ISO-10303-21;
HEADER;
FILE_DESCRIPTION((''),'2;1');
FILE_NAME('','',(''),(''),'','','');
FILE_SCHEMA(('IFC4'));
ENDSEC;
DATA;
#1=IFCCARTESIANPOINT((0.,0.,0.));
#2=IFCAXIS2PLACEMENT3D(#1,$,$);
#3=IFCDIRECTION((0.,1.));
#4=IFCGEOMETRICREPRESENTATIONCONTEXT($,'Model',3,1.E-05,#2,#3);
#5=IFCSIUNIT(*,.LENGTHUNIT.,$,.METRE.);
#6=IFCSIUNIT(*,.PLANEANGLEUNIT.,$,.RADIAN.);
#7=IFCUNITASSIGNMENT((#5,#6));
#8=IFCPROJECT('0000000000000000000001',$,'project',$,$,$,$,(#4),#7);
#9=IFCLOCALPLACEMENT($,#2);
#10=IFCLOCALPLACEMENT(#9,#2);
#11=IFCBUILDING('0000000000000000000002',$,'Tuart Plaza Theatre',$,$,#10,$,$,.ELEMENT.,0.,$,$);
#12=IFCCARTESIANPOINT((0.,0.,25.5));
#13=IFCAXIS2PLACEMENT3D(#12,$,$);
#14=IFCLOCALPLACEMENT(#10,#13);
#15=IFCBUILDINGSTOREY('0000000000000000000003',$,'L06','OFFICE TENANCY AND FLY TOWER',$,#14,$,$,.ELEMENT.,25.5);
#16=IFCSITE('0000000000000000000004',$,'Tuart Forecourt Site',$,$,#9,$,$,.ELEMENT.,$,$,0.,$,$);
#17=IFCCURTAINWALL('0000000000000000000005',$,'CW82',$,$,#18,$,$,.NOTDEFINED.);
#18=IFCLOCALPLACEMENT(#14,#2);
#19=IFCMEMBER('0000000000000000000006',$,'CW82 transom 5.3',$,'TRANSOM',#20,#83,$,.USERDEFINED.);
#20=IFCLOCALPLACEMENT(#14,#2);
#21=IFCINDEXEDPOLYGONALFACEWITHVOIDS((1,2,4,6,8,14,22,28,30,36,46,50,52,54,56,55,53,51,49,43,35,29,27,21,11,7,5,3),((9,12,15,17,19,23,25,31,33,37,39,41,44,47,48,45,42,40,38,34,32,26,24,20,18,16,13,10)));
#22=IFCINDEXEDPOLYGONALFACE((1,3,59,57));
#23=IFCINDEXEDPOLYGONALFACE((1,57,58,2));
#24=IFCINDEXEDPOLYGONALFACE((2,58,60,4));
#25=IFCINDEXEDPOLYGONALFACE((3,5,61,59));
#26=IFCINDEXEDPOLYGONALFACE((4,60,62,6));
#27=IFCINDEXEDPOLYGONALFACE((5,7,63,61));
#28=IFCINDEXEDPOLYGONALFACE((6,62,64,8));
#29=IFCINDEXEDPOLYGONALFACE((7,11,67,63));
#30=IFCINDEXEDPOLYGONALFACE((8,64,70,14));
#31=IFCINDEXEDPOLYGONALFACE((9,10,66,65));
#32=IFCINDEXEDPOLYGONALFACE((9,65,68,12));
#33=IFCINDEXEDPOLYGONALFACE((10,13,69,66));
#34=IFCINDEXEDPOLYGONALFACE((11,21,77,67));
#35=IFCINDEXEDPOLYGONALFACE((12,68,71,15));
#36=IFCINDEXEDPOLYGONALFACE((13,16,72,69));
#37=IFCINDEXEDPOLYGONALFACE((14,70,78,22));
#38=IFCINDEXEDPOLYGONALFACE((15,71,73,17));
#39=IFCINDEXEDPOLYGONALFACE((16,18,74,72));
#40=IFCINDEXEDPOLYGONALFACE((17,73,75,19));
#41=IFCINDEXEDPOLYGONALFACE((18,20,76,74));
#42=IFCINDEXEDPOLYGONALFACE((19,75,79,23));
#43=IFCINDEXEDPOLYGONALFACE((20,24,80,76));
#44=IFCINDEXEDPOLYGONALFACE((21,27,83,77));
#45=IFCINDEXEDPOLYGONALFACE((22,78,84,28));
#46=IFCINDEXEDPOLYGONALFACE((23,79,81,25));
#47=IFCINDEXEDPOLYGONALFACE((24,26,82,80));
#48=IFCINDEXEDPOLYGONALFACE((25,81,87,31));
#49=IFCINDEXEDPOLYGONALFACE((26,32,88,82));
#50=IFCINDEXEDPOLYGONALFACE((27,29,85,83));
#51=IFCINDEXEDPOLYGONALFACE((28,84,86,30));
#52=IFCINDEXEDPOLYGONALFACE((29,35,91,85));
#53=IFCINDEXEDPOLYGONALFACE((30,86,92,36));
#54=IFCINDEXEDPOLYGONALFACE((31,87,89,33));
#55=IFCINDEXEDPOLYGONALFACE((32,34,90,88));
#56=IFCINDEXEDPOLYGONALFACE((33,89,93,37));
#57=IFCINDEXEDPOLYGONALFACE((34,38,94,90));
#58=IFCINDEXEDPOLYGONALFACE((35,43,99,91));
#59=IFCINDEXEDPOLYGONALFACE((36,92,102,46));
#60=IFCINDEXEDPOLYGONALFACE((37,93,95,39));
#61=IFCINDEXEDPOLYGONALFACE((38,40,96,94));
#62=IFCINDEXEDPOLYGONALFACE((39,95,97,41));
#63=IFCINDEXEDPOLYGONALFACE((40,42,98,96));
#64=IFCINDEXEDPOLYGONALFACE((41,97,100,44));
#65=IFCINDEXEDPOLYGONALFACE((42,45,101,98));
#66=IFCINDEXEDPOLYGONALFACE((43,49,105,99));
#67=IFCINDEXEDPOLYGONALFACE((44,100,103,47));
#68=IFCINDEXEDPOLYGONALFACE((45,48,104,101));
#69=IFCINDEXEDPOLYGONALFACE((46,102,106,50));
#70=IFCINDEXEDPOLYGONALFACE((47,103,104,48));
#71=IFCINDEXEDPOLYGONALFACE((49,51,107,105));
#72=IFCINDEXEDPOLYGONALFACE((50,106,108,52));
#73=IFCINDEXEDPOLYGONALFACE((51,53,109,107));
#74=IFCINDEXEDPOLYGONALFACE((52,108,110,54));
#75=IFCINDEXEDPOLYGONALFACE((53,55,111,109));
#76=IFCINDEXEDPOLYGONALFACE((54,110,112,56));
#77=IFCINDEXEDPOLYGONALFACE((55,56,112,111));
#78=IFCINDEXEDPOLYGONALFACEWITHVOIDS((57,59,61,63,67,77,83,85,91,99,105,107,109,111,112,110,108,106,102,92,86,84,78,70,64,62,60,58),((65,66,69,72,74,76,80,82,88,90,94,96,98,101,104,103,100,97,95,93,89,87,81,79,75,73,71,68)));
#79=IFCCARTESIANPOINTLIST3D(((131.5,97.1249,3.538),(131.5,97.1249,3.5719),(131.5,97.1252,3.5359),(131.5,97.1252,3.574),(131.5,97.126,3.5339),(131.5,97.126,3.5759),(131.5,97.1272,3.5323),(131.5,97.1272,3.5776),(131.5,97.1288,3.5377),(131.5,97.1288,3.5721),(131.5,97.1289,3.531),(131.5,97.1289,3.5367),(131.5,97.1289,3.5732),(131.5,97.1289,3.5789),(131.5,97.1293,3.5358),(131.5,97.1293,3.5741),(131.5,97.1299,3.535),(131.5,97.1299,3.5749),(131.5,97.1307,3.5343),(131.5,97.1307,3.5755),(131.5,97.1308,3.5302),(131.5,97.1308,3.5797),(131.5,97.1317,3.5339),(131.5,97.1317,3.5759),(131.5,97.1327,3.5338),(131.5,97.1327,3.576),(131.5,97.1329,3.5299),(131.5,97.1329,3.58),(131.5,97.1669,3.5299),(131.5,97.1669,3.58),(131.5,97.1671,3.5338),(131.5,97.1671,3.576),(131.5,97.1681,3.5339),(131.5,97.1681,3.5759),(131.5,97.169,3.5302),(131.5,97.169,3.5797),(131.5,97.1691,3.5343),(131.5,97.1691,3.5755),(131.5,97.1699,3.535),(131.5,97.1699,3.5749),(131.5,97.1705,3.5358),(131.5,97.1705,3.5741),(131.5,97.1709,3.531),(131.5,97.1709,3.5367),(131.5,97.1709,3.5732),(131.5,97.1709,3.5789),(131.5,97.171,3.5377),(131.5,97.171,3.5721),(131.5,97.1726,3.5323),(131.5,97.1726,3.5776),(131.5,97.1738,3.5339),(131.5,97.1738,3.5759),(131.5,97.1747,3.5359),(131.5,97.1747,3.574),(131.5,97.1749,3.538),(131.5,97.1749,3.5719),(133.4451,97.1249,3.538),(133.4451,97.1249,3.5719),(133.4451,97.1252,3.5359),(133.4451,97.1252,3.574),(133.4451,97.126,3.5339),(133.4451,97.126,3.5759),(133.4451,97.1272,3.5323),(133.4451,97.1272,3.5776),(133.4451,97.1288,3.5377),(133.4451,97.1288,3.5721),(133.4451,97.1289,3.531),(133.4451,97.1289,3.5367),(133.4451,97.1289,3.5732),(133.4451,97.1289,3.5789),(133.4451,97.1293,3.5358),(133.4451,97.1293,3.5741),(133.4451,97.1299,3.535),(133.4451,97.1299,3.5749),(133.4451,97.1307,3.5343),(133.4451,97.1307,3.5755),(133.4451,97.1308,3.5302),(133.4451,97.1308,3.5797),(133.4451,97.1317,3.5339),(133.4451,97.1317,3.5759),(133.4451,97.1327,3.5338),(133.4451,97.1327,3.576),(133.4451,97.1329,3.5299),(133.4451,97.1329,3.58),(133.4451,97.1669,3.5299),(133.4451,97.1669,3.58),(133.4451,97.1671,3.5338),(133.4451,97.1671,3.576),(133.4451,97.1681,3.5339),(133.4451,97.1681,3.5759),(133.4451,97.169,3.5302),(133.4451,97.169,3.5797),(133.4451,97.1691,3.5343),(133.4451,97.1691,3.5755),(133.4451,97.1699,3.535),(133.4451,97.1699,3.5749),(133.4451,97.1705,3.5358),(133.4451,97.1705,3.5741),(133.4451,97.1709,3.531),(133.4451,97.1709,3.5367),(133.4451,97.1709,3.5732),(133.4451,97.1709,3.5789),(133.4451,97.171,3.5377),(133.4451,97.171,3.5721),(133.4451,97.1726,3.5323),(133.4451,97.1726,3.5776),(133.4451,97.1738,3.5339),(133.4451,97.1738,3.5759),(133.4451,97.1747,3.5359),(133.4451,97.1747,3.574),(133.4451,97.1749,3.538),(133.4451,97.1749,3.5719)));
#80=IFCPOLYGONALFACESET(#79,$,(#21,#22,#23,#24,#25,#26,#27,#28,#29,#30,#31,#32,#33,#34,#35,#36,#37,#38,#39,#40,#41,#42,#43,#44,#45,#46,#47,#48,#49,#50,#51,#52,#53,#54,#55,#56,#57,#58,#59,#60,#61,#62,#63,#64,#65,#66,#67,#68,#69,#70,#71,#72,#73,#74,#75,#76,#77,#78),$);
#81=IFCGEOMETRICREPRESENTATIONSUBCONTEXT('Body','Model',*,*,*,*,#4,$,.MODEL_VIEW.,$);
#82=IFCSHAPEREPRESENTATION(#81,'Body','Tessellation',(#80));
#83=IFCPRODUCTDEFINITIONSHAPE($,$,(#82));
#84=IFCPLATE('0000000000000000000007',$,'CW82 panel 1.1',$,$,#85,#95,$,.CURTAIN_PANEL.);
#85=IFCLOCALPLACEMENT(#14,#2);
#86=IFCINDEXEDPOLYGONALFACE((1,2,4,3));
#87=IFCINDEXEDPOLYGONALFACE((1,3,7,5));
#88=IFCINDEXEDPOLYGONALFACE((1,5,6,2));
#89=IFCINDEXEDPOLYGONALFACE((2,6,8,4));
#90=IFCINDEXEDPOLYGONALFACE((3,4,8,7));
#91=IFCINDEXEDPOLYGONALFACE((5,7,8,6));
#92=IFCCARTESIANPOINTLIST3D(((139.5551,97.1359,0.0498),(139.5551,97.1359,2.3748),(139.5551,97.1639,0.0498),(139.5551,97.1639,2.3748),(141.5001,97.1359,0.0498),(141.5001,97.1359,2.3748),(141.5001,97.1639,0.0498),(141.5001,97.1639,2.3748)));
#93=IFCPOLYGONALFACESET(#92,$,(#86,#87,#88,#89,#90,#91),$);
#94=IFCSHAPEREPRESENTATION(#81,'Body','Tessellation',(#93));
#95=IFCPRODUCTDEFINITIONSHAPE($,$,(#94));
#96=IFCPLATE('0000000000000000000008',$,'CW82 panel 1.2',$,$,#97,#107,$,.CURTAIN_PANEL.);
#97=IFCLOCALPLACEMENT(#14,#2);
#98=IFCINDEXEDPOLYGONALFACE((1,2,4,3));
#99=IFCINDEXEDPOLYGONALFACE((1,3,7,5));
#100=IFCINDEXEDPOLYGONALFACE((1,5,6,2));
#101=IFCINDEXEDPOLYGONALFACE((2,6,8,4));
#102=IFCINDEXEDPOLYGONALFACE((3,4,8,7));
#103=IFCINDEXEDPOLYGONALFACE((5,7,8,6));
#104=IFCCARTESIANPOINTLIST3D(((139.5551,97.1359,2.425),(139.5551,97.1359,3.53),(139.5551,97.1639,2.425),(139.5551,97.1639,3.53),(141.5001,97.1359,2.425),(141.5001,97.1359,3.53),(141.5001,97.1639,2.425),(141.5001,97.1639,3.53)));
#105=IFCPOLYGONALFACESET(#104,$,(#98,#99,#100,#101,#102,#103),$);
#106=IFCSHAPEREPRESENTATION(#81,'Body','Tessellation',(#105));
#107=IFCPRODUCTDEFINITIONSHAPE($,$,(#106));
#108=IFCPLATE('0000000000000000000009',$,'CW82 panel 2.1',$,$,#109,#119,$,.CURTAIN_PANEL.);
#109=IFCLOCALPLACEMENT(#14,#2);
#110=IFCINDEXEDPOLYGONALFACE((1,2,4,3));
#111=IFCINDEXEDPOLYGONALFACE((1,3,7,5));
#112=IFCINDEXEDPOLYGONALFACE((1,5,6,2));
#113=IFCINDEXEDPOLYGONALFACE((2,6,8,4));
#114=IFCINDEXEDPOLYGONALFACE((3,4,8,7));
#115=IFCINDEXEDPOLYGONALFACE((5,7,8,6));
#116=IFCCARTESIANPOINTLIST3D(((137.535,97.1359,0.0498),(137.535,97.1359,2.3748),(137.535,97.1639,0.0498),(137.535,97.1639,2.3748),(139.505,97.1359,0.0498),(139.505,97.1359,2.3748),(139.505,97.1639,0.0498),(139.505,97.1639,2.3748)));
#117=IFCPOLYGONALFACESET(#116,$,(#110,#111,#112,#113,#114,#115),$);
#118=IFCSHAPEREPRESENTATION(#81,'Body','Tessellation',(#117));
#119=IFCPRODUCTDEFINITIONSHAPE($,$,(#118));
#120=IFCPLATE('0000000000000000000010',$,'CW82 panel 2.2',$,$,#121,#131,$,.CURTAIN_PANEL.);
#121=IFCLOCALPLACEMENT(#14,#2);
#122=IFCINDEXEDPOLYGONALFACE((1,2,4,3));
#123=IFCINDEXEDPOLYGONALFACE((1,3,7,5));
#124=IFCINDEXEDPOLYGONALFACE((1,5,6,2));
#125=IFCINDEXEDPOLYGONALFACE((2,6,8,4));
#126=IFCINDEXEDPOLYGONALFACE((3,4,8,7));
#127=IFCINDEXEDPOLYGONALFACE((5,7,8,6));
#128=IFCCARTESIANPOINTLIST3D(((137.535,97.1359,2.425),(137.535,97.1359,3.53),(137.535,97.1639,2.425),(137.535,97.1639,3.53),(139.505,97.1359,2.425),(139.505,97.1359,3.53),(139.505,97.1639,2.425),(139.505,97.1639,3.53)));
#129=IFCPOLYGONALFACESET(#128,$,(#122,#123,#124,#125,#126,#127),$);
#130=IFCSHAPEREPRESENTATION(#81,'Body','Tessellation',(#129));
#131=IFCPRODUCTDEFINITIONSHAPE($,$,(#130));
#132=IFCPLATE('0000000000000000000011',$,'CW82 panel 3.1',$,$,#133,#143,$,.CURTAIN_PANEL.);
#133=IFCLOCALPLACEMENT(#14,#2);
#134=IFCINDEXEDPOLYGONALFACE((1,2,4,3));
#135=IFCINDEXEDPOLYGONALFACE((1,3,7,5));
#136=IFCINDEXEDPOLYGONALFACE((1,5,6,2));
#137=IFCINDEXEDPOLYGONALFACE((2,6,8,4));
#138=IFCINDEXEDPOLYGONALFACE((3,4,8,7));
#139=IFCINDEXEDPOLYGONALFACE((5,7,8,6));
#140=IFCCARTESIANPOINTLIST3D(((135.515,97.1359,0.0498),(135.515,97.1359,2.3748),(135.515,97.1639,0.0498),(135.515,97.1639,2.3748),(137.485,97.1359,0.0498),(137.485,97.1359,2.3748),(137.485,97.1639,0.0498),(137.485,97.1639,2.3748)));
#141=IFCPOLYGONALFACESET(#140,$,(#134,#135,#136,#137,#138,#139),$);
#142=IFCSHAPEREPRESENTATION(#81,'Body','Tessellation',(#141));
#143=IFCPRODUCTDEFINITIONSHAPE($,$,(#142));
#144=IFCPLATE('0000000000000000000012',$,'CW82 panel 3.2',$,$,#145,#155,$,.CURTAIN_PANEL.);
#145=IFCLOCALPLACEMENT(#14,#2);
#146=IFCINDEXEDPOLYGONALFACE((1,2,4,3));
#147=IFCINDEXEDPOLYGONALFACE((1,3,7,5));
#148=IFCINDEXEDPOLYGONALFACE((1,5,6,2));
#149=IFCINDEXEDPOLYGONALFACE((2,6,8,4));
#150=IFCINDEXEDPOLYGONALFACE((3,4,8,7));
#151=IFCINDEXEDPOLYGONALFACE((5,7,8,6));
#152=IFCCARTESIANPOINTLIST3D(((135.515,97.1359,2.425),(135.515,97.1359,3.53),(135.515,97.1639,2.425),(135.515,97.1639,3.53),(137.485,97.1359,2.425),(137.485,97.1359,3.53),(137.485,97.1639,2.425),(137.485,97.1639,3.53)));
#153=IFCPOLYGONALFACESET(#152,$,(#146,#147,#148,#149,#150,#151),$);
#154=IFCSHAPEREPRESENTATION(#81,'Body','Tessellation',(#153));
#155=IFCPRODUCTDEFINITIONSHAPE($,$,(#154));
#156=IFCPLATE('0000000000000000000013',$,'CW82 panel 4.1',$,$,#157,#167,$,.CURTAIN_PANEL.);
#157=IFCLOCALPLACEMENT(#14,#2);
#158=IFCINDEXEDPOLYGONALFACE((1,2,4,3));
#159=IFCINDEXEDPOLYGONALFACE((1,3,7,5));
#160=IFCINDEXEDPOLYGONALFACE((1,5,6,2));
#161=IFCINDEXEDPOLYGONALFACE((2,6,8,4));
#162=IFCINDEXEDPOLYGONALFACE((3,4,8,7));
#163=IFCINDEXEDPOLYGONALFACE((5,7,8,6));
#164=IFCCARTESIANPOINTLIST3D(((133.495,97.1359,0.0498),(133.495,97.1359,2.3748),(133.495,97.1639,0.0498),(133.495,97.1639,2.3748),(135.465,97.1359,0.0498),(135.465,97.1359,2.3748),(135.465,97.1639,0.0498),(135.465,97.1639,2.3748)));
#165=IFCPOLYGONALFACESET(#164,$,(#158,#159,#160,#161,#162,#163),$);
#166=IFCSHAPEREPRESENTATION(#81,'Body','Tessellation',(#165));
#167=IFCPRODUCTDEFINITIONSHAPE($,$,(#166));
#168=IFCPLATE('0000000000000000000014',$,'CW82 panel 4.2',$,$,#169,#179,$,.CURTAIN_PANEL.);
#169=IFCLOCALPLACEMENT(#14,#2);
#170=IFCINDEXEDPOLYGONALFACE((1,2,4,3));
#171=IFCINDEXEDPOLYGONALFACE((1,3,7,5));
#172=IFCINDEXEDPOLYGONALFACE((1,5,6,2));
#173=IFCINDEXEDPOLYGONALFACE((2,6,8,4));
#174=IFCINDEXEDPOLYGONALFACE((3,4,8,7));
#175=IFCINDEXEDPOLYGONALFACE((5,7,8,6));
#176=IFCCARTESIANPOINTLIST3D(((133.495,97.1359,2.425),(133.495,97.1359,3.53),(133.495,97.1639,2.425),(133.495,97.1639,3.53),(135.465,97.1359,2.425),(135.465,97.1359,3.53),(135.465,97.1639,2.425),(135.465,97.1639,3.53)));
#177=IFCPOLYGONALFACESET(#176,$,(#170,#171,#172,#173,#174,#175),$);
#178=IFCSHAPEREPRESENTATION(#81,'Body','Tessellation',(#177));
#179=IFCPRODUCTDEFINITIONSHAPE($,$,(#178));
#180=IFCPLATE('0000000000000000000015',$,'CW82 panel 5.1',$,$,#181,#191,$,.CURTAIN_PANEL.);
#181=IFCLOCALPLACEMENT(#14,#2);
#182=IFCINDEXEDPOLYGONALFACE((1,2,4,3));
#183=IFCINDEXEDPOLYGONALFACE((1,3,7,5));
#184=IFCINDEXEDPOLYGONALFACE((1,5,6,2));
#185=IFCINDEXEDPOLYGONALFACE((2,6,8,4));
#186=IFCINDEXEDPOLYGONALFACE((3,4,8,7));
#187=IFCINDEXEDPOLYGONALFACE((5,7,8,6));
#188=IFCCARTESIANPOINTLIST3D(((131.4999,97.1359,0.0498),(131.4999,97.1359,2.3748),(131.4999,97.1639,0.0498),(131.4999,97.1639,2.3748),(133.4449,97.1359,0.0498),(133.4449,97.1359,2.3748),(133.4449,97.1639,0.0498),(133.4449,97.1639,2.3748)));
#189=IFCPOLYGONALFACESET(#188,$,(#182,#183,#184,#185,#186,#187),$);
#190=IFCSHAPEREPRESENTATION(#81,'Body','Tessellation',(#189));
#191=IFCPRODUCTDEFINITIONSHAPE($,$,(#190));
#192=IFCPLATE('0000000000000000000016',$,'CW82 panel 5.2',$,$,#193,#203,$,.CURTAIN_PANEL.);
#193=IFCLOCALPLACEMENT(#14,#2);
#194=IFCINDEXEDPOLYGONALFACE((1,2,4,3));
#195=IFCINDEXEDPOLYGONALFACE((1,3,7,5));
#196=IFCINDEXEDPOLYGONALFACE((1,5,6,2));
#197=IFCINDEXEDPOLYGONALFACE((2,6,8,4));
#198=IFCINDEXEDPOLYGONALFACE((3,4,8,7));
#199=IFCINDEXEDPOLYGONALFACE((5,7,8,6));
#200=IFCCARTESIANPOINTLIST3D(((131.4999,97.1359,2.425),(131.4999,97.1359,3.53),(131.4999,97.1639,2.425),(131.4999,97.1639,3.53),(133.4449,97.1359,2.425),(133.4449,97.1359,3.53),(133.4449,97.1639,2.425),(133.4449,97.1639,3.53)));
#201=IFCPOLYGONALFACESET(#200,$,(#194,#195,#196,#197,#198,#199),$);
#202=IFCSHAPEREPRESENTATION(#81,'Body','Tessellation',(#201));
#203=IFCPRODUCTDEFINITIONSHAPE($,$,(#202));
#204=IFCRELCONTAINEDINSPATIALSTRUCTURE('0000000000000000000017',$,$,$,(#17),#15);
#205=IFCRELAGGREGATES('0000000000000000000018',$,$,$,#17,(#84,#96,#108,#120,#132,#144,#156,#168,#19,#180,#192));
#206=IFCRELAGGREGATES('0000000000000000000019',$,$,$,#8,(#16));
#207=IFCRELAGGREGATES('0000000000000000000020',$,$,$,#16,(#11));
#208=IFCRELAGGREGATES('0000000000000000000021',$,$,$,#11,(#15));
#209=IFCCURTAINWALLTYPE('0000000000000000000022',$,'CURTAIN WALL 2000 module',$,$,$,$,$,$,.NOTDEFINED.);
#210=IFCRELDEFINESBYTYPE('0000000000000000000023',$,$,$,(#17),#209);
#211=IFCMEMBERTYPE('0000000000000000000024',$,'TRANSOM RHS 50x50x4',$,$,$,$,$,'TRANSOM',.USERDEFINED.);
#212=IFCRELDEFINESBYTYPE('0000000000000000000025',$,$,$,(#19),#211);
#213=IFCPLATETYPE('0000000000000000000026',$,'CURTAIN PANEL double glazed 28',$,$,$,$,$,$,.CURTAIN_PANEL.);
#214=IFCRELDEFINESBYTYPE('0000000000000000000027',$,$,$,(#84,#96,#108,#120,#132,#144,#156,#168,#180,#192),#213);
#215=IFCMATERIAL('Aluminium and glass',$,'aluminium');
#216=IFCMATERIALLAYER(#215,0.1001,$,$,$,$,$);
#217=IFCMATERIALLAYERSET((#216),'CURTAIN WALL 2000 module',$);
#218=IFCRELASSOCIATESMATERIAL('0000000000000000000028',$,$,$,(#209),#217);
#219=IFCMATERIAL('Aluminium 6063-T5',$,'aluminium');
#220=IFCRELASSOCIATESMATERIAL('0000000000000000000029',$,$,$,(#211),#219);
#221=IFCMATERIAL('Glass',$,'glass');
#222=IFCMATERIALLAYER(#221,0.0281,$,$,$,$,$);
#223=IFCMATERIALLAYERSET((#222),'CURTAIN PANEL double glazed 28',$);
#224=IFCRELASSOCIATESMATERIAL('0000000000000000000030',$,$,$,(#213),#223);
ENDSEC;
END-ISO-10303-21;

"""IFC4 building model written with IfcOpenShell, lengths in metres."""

from ifc_helpers import new_model, si_unit, direction, frame, origin, origin_2d, place, context, subcontext, project, spatial, rectangle, hollow_rectangle, extrude, material, layer, layer_set, material_profile, profile_set, type_object, element, aggregate, save


model = new_model("IFC4")

# Units and contexts
model_context = context("Model", 3, precision=1e-05, world=origin(), true_north=direction((0.0, 1.0)))
body_context = subcontext(model_context, "Body", "Model", "MODEL_VIEW")
ifc_project = project(units=[si_unit("LENGTHUNIT", "METRE"), si_unit("PLANEANGLEUNIT", "RADIAN")], contexts=[model_context])

# Site, building, storey
site_placement = place(None, origin())
site = spatial("IfcSite", under=ifc_project, at=site_placement, Name="Tuart Forecourt Site", CompositionType="ELEMENT", RefElevation=0.0)
building_placement = place(site_placement, origin())
building = spatial("IfcBuilding", under=site, at=building_placement, Name="Tuart Plaza Theatre", CompositionType="ELEMENT", ElevationOfRefHeight=0.0)
storey_placement = place(building_placement, frame((0.0, 0.0, 25.5)))
storey = spatial("IfcBuildingStorey", under=building, at=storey_placement, Name="L06", Description="OFFICE TENANCY AND FLY TOWER", CompositionType="ELEMENT", Elevation=25.5)

# Curtain wall, member, plates
ifc_material_1 = material(Name="Aluminium and glass", Category="aluminium")
ifc_layer_1 = layer(ifc_material_1, 0.1001)
ifc_layer_set_1 = layer_set([ifc_layer_1], Name="CURTAIN WALL 2000 module")
curtain_wall_type = type_object("IfcCurtainWallType", Name="CURTAIN WALL 2000 module", PredefinedType="NOTDEFINED", material=ifc_layer_set_1)
curtain_wall_placement = place(storey_placement, origin())
curtain_wall = element("IfcCurtainWall", 1, at=curtain_wall_placement, inside=storey, type_object=curtain_wall_type, Name="CW82", PredefinedType="NOTDEFINED")
ifc_material_2 = material(Name="Aluminium 6063-T5", Category="aluminium")
ifc_material_profile_1 = material_profile(ifc_material_2, hollow_rectangle(XDim=0.05, YDim=0.05, WallThickness=0.0039, InnerFilletRadius=0.0039, OuterFilletRadius=0.0081, at=origin_2d()), Name="RHS 50x50x4")
ifc_profile_set_1 = profile_set([ifc_material_profile_1], Name="Aluminium 6063-T5")
member_type_1 = type_object("IfcMemberType", Name="TRANSOM RHS 50x50x4", ElementType="TRANSOM", PredefinedType="USERDEFINED", material=ifc_profile_set_1)
member_1_placement = place(storey_placement, frame((133.4451, 97.1499, 3.5549), z_axis=(-1.0, 0.0, 0.0), x_axis=(0.0, -1.0, 0.0)))
member_1 = element("IfcMember", 2, at=member_1_placement, type_object=member_type_1, Name="CW82 transom 5.3", ObjectType="TRANSOM", PredefinedType="USERDEFINED", context=body_context, shape_type="SweptSolid", body=[
    extrude(hollow_rectangle(XDim=0.05, YDim=0.05, WallThickness=0.0039, InnerFilletRadius=0.0039, OuterFilletRadius=0.0081, at=origin_2d()), origin(), (0.0, 0.0, 1.0), 1.9451),
])
ifc_material_3 = material(Name="Glass", Category="glass")
ifc_layer_2 = layer(ifc_material_3, 0.0281)
ifc_layer_set_2 = layer_set([ifc_layer_2], Name="CURTAIN PANEL double glazed 28")
plate_type = type_object("IfcPlateType", Name="CURTAIN PANEL double glazed 28", PredefinedType="CURTAIN_PANEL", material=ifc_layer_set_2)
plate_1_placement = place(storey_placement, frame((140.5276, 97.1499, 0.0498), z_axis=(0.0, 0.0, 1.0), x_axis=(-1.0, 0.0, 0.0)))
plate_1 = element("IfcPlate", 3, at=plate_1_placement, type_object=plate_type, Name="CW82 panel 1.1", PredefinedType="CURTAIN_PANEL", context=body_context, shape_type="SweptSolid", body=[
    extrude(rectangle(XDim=1.9451, YDim=0.0281, at=origin_2d()), origin(), (0.0, 0.0, 1.0), 2.325),
])
plate_2_placement = place(storey_placement, frame((140.5276, 97.1499, 2.425), z_axis=(0.0, 0.0, 1.0), x_axis=(-1.0, 0.0, 0.0)))
plate_2 = element("IfcPlate", 4, at=plate_2_placement, type_object=plate_type, Name="CW82 panel 1.2", PredefinedType="CURTAIN_PANEL", context=body_context, shape_type="SweptSolid", body=[
    extrude(rectangle(XDim=1.9451, YDim=0.0281, at=origin_2d()), origin(), (0.0, 0.0, 1.0), 1.105),
])
plate_3_placement = place(storey_placement, frame((138.52, 97.1499, 0.0498), z_axis=(0.0, 0.0, 1.0), x_axis=(-1.0, 0.0, 0.0)))
plate_3 = element("IfcPlate", 5, at=plate_3_placement, type_object=plate_type, Name="CW82 panel 2.1", PredefinedType="CURTAIN_PANEL", context=body_context, shape_type="SweptSolid", body=[
    extrude(rectangle(XDim=1.97, YDim=0.0281, at=origin_2d()), origin(), (0.0, 0.0, 1.0), 2.325),
])
plate_4_placement = place(storey_placement, frame((138.52, 97.1499, 2.425), z_axis=(0.0, 0.0, 1.0), x_axis=(-1.0, 0.0, 0.0)))
plate_4 = element("IfcPlate", 6, at=plate_4_placement, type_object=plate_type, Name="CW82 panel 2.2", PredefinedType="CURTAIN_PANEL", context=body_context, shape_type="SweptSolid", body=[
    extrude(rectangle(XDim=1.97, YDim=0.0281, at=origin_2d()), origin(), (0.0, 0.0, 1.0), 1.105),
])
plate_5_placement = place(storey_placement, frame((136.5, 97.1499, 0.0498), z_axis=(0.0, 0.0, 1.0), x_axis=(-1.0, 0.0, 0.0)))
plate_5 = element("IfcPlate", 7, at=plate_5_placement, type_object=plate_type, Name="CW82 panel 3.1", PredefinedType="CURTAIN_PANEL", context=body_context, shape_type="SweptSolid", body=[
    extrude(rectangle(XDim=1.97, YDim=0.0281, at=origin_2d()), origin(), (0.0, 0.0, 1.0), 2.325),
])
plate_6_placement = place(storey_placement, frame((136.5, 97.1499, 2.425), z_axis=(0.0, 0.0, 1.0), x_axis=(-1.0, 0.0, 0.0)))
plate_6 = element("IfcPlate", 8, at=plate_6_placement, type_object=plate_type, Name="CW82 panel 3.2", PredefinedType="CURTAIN_PANEL", context=body_context, shape_type="SweptSolid", body=[
    extrude(rectangle(XDim=1.97, YDim=0.0281, at=origin_2d()), origin(), (0.0, 0.0, 1.0), 1.105),
])
plate_7_placement = place(storey_placement, frame((134.48, 97.1499, 0.0498), z_axis=(0.0, 0.0, 1.0), x_axis=(-1.0, 0.0, 0.0)))
plate_7 = element("IfcPlate", 9, at=plate_7_placement, type_object=plate_type, Name="CW82 panel 4.1", PredefinedType="CURTAIN_PANEL", context=body_context, shape_type="SweptSolid", body=[
    extrude(rectangle(XDim=1.97, YDim=0.0281, at=origin_2d()), origin(), (0.0, 0.0, 1.0), 2.325),
])
plate_8_placement = place(storey_placement, frame((134.48, 97.1499, 2.425), z_axis=(0.0, 0.0, 1.0), x_axis=(-1.0, 0.0, 0.0)))
plate_8 = element("IfcPlate", 10, at=plate_8_placement, type_object=plate_type, Name="CW82 panel 4.2", PredefinedType="CURTAIN_PANEL", context=body_context, shape_type="SweptSolid", body=[
    extrude(rectangle(XDim=1.97, YDim=0.0281, at=origin_2d()), origin(), (0.0, 0.0, 1.0), 1.105),
])
plate_9_placement = place(storey_placement, frame((132.4724, 97.1499, 0.0498), z_axis=(0.0, 0.0, 1.0), x_axis=(-1.0, 0.0, 0.0)))
plate_9 = element("IfcPlate", 11, at=plate_9_placement, type_object=plate_type, Name="CW82 panel 5.1", PredefinedType="CURTAIN_PANEL", context=body_context, shape_type="SweptSolid", body=[
    extrude(rectangle(XDim=1.9451, YDim=0.0281, at=origin_2d()), origin(), (0.0, 0.0, 1.0), 2.325),
])
plate_10_placement = place(storey_placement, frame((132.4724, 97.1499, 2.425), z_axis=(0.0, 0.0, 1.0), x_axis=(-1.0, 0.0, 0.0)))
plate_10 = element("IfcPlate", 12, at=plate_10_placement, type_object=plate_type, Name="CW82 panel 5.2", PredefinedType="CURTAIN_PANEL", context=body_context, shape_type="SweptSolid", body=[
    extrude(rectangle(XDim=1.9451, YDim=0.0281, at=origin_2d()), origin(), (0.0, 0.0, 1.0), 1.105),
])
aggregate(curtain_wall, [plate_1, plate_2, plate_3, plate_4, plate_5, plate_6, plate_7, plate_8, member_1, plate_9, plate_10])

save(model, "model.ifc")
